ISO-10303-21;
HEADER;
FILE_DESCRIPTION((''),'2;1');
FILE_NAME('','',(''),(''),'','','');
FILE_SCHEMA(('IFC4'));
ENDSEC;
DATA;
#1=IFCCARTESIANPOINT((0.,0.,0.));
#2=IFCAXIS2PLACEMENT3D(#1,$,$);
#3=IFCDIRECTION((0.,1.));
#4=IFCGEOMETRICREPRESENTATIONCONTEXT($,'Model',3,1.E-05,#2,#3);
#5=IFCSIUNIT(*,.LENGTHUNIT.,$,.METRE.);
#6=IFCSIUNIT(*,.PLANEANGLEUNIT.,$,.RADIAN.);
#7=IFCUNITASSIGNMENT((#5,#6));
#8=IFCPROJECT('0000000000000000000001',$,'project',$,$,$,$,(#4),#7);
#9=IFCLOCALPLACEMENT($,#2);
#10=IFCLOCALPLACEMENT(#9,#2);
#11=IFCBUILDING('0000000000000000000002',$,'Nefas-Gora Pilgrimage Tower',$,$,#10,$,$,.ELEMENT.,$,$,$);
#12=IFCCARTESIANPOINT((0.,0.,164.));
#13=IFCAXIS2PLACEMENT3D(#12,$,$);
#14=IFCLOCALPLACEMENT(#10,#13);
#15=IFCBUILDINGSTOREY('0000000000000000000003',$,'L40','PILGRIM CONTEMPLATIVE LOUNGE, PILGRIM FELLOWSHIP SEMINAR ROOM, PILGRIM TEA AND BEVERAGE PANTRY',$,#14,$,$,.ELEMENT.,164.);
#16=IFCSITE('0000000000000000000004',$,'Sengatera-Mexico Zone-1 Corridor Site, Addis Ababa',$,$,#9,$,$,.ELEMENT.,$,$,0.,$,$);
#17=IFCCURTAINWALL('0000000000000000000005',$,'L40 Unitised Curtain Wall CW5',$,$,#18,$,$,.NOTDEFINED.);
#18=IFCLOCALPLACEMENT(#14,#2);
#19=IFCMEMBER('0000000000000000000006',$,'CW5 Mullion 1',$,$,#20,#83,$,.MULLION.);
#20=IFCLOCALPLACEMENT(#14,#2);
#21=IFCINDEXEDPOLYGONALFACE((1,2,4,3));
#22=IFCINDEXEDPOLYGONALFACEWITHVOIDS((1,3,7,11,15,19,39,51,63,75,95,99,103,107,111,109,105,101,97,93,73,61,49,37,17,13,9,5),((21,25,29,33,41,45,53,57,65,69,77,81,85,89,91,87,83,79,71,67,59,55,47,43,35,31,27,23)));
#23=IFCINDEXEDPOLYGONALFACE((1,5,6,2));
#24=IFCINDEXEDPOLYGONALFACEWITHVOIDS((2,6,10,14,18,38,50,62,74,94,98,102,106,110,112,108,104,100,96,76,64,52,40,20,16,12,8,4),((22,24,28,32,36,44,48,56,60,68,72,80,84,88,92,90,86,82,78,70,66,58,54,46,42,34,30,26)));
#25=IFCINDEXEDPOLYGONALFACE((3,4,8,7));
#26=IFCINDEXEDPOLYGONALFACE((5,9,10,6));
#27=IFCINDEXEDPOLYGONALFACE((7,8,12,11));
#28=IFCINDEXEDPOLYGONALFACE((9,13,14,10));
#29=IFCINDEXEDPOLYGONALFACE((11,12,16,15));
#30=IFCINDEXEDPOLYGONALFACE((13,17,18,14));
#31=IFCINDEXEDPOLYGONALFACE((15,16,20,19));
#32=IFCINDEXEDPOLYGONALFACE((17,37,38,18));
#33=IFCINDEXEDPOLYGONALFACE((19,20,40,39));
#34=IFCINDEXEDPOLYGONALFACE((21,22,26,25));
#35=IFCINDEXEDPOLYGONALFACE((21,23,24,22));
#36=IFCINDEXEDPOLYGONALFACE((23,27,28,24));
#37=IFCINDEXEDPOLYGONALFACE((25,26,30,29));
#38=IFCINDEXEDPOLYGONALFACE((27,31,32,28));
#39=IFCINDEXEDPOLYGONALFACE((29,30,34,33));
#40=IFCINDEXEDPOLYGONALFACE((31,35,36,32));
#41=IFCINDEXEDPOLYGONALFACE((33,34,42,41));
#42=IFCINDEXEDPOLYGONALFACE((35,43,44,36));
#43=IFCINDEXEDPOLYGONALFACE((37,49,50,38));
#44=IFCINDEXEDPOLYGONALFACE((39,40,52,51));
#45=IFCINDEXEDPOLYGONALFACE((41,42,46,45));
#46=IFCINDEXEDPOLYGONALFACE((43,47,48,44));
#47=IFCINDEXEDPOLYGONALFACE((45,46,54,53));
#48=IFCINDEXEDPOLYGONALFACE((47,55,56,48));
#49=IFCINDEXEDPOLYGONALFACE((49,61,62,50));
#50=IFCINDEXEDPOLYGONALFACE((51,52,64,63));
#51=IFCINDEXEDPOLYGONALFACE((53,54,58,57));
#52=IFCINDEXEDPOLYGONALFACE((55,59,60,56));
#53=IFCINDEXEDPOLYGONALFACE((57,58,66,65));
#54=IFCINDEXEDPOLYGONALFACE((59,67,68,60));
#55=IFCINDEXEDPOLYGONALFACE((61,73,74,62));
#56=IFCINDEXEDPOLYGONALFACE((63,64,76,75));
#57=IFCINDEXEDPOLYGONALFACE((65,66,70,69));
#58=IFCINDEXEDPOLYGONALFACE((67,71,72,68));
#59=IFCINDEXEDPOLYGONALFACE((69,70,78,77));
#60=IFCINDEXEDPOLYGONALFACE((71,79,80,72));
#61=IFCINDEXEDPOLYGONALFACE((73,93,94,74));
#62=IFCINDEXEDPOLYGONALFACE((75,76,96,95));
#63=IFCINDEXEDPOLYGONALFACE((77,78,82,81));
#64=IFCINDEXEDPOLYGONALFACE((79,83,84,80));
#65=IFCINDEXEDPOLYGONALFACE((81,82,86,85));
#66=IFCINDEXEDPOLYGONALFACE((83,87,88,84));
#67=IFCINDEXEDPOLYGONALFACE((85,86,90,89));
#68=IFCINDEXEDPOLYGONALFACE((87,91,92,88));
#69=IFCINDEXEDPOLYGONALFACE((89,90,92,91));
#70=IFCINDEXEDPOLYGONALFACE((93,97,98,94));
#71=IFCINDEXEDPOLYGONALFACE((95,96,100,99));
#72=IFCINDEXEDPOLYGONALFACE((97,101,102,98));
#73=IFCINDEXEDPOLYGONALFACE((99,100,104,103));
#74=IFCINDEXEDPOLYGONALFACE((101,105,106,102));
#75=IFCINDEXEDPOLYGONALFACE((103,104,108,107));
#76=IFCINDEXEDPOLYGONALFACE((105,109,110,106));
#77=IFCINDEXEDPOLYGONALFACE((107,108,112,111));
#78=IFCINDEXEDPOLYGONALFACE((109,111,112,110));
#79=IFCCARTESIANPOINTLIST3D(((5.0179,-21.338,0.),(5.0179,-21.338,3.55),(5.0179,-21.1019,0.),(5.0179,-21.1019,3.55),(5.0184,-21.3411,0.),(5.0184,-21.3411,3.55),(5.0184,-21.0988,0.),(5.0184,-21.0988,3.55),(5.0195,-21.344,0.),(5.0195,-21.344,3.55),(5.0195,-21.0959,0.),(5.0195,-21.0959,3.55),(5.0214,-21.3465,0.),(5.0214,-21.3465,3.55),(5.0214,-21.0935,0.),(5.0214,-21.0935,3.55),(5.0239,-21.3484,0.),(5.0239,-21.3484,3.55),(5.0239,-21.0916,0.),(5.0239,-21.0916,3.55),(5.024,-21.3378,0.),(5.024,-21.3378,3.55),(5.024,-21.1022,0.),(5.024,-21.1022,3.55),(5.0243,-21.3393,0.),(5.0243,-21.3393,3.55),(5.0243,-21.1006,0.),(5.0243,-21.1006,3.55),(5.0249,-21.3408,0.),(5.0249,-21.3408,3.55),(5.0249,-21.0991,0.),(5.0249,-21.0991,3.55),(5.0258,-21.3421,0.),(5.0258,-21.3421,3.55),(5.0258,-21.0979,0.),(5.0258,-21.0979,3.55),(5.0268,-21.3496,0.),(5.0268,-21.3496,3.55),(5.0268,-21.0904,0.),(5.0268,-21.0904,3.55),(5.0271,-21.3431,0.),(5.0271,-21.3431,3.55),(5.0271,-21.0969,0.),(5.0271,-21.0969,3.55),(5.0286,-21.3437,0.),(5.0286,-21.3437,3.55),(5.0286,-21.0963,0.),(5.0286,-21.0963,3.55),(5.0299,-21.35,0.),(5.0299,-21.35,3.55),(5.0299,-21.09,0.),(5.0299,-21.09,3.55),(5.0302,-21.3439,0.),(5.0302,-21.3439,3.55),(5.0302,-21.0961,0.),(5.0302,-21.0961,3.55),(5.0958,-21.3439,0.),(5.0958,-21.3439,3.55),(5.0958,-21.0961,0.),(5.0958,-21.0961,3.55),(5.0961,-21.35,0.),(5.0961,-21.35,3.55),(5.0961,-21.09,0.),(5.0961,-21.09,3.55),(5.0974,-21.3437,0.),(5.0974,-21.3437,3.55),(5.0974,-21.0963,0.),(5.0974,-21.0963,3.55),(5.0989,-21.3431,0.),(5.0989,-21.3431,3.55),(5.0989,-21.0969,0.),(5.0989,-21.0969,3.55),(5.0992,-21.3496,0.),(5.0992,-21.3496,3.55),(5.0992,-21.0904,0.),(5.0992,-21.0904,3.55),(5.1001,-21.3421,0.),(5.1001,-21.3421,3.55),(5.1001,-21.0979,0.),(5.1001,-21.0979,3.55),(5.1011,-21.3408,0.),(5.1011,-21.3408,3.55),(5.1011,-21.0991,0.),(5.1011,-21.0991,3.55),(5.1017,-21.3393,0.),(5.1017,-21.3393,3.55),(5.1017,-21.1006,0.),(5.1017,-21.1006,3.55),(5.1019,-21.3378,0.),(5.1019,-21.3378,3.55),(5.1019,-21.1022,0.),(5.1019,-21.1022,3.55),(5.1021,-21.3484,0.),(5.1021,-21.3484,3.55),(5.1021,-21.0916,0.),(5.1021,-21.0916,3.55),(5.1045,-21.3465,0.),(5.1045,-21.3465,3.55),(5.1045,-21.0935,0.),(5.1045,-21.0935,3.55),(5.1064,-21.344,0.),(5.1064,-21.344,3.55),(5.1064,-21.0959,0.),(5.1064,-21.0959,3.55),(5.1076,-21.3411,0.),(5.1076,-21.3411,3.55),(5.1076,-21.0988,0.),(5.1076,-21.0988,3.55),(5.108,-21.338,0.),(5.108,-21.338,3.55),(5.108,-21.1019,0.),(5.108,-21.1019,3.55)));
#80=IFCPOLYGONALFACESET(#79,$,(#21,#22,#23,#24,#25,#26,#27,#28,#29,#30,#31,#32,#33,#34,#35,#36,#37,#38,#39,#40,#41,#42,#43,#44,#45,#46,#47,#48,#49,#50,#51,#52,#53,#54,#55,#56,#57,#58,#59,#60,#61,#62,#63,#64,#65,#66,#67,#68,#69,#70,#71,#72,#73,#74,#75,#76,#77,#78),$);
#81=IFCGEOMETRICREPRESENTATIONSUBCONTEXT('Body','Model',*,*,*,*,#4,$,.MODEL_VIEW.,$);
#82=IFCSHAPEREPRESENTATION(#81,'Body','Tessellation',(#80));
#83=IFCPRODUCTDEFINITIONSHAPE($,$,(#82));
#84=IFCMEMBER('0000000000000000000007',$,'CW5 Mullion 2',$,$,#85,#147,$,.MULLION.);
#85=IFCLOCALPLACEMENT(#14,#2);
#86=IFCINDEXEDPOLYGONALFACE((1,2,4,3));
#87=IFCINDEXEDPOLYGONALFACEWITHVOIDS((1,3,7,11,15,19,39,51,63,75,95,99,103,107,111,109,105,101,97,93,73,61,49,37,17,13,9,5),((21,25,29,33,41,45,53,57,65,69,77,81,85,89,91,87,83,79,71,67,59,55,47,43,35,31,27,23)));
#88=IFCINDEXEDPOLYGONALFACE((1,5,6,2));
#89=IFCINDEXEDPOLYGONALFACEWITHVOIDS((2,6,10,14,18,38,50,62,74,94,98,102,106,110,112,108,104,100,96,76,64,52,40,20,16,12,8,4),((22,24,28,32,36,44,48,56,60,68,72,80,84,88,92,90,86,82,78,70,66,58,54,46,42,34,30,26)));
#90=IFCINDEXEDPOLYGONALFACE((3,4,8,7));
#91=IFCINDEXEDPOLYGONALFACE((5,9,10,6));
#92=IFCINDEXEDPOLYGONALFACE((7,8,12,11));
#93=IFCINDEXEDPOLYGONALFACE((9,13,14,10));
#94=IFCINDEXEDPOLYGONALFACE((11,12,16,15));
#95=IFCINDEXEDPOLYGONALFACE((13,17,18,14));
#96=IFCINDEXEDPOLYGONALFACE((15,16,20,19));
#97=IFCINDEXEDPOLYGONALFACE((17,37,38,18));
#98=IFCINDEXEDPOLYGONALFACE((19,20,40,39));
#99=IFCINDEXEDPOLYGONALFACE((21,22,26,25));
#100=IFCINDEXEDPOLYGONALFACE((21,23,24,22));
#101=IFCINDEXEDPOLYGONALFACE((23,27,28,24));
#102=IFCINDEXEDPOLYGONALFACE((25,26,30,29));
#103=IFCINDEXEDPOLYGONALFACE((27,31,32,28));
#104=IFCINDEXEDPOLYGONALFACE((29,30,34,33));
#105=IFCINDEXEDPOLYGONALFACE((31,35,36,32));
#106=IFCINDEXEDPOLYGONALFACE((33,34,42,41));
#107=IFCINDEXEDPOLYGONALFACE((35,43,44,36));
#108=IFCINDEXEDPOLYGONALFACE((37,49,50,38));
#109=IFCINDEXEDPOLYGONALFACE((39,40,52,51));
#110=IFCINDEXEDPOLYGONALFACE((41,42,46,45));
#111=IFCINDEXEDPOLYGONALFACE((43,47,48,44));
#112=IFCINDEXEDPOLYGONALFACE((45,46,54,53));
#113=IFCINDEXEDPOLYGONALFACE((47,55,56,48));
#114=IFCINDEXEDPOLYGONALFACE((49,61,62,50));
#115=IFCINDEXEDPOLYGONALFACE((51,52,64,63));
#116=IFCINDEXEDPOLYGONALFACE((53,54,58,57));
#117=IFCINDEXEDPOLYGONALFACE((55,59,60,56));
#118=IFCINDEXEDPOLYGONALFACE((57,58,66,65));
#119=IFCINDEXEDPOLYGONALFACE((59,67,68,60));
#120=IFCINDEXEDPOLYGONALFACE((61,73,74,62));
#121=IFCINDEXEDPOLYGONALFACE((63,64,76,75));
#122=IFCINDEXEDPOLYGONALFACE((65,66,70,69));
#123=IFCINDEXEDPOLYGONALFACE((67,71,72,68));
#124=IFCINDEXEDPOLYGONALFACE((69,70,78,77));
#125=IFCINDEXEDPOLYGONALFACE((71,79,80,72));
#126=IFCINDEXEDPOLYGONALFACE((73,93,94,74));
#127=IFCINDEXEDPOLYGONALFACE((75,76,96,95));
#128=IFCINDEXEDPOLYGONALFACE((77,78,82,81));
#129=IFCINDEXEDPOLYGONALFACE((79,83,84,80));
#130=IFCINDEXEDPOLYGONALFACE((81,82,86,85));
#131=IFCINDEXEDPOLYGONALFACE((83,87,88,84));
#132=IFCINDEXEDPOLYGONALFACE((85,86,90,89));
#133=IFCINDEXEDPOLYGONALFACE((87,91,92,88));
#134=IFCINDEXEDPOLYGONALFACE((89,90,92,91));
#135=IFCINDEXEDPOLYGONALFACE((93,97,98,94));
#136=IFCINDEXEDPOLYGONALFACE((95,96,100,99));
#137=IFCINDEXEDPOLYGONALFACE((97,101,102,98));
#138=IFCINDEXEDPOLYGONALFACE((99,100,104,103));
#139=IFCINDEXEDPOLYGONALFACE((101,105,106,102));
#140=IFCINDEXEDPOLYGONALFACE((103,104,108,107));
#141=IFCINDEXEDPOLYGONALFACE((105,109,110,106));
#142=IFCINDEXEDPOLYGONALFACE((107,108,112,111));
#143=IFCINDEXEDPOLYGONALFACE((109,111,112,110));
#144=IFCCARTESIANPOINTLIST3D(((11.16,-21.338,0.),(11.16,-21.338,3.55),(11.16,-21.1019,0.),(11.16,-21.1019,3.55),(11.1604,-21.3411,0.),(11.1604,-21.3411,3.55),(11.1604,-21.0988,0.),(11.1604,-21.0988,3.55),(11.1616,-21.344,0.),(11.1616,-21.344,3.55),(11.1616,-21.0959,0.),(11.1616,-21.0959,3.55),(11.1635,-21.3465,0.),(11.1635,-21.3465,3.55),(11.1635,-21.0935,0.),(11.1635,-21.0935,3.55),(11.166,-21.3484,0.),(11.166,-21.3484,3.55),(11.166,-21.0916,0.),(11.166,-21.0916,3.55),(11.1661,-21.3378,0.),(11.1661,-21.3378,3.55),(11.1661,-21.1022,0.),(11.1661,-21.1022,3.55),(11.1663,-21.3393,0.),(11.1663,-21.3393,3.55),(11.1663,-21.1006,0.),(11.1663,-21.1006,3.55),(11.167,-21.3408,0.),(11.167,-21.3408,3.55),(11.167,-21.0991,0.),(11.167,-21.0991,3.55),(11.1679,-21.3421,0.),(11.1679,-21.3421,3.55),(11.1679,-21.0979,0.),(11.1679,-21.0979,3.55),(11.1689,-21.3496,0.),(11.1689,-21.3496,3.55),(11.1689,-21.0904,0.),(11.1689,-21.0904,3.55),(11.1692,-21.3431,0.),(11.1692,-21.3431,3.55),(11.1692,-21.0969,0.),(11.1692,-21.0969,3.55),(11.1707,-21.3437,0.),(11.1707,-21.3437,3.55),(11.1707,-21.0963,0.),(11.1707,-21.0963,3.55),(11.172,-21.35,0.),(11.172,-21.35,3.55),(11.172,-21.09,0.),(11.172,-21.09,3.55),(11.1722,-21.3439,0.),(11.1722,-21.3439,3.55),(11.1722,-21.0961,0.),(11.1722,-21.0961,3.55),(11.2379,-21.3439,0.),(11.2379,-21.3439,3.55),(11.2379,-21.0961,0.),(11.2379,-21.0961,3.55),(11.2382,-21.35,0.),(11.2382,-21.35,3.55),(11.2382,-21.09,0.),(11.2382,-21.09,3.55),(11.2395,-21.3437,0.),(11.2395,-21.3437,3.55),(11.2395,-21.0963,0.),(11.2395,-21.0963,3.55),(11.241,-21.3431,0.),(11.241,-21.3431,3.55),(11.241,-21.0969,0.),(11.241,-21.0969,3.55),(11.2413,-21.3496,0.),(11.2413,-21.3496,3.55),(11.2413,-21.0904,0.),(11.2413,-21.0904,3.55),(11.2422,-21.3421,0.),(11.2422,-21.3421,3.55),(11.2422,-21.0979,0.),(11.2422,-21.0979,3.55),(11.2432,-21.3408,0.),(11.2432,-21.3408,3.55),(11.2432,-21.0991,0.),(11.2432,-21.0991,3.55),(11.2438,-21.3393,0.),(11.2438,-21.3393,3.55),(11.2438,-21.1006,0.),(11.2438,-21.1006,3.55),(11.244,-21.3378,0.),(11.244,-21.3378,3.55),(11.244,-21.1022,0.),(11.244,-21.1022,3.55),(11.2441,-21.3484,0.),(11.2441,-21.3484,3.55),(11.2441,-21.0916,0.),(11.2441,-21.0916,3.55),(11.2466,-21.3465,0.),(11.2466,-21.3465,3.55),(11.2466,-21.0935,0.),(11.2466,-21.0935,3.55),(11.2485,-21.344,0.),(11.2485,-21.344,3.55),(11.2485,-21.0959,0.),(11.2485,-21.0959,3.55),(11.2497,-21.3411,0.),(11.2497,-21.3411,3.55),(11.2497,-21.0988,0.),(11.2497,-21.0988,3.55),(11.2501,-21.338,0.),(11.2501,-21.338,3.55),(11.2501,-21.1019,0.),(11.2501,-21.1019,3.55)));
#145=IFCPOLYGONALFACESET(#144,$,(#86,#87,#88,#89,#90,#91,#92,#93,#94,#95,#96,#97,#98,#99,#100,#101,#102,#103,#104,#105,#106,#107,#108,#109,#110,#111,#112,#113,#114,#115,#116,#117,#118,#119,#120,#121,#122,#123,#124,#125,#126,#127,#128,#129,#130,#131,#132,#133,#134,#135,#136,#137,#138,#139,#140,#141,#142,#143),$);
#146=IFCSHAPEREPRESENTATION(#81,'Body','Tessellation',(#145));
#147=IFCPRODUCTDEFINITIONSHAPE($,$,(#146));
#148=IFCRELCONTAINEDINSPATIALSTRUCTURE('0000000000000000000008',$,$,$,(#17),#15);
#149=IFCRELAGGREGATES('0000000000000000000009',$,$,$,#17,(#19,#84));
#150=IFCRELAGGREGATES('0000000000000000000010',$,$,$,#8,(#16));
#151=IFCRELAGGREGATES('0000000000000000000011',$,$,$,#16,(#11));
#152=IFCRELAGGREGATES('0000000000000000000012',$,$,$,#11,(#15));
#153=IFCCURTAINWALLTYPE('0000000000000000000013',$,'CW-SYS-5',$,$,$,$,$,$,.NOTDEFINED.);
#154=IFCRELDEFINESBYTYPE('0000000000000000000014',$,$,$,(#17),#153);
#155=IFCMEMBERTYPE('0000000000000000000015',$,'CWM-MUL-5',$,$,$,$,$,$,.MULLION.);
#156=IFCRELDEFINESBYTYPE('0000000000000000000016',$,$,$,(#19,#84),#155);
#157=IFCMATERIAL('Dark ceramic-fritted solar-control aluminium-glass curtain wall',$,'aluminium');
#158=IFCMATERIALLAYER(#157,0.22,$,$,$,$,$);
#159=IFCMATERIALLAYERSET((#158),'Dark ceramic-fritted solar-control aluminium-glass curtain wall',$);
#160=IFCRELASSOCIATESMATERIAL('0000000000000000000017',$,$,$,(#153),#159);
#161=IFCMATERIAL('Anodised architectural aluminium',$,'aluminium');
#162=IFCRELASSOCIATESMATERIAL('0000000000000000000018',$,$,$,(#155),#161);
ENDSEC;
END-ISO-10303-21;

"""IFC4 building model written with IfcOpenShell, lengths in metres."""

from ifc_helpers import new_model, si_unit, direction, frame, origin, origin_2d, place, context, subcontext, project, spatial, hollow_rectangle, extrude, source, transform, mapped, material, layer, layer_set, material_profile, profile_set, type_object, element, aggregate, save


model = new_model("IFC4")

# Units and contexts
model_context = context("Model", 3, precision=1e-05, world=origin(), true_north=direction((0.0, 1.0)))
body_context = subcontext(model_context, "Body", "Model", "MODEL_VIEW")
ifc_project = project(units=[si_unit("LENGTHUNIT", "METRE"), si_unit("PLANEANGLEUNIT", "RADIAN")], contexts=[model_context])

# Site, building, storey
site_placement = place(None, origin())
site = spatial("IfcSite", under=ifc_project, at=site_placement, Name="Sengatera-Mexico Zone-1 Corridor Site, Addis Ababa", CompositionType="ELEMENT", RefElevation=0.0)
building_placement = place(site_placement, origin())
building = spatial("IfcBuilding", under=site, at=building_placement, Name="Nefas-Gora Pilgrimage Tower", CompositionType="ELEMENT")
storey_placement = place(building_placement, frame((0.0, 0.0, 164.0)))
storey = spatial("IfcBuildingStorey", under=building, at=storey_placement, Name="L40", Description="PILGRIM CONTEMPLATIVE LOUNGE, PILGRIM FELLOWSHIP SEMINAR ROOM, PILGRIM TEA AND BEVERAGE PANTRY", CompositionType="ELEMENT", Elevation=164.0)

# Curtain wall, members
ifc_material_1 = material(Name="Dark ceramic-fritted solar-control aluminium-glass curtain wall", Category="aluminium")
ifc_layer_1 = layer(ifc_material_1, 0.22)
ifc_layer_set_1 = layer_set([ifc_layer_1], Name="Dark ceramic-fritted solar-control aluminium-glass curtain wall")
curtain_wall_type = type_object("IfcCurtainWallType", Name="CW-SYS-5", PredefinedType="NOTDEFINED", material=ifc_layer_set_1)
curtain_wall_1_placement = place(storey_placement, origin())
curtain_wall_1 = element("IfcCurtainWall", 1, at=curtain_wall_1_placement, inside=storey, type_object=curtain_wall_type, Name="L40 Unitised Curtain Wall CW5", PredefinedType="NOTDEFINED")
ifc_material_2 = material(Name="Anodised architectural aluminium", Category="aluminium")
ifc_material_profile_1 = material_profile(ifc_material_2, hollow_rectangle(XDim=0.0901, YDim=0.26, WallThickness=0.0061, InnerFilletRadius=0.0061, OuterFilletRadius=0.012, at=origin_2d()), Name="ALU MULLION 90x260")
ifc_profile_set_1 = profile_set([ifc_material_profile_1], Name="Anodised architectural aluminium")
member_type_1 = type_object("IfcMemberType", Name="CWM-MUL-5", PredefinedType="MULLION", material=ifc_profile_set_1)
shared_shape_1 = source(origin(), body_context, "Body", "SweptSolid", [
    extrude(hollow_rectangle(XDim=0.0901, YDim=0.26, WallThickness=0.0061, InnerFilletRadius=0.0061, OuterFilletRadius=0.012, at=origin_2d()), origin(), (0.0, 0.0, 1.0), 3.55),
])
member_1_placement = place(storey_placement, frame((5.063, -21.22, 0.0), z_axis=(0.0, 0.0, 1.0), x_axis=(1.0, 0.0, 0.0)))
member_1 = element("IfcMember", 2, at=member_1_placement, type_object=member_type_1, Name="CW5 Mullion 1", PredefinedType="MULLION", context=body_context, shape_type="MappedRepresentation", body=[
    mapped(shared_shape_1, transform((0.0, 0.0, 0.0), x_axis=(1.0, 0.0, 0.0), y_axis=(0.0, 1.0, 0.0), z_axis=(0.0, 0.0, 1.0), scale=1.0)),
])
member_2_placement = place(storey_placement, frame((11.2051, -21.22, 0.0), z_axis=(0.0, 0.0, 1.0), x_axis=(1.0, 0.0, 0.0)))
member_2 = element("IfcMember", 3, at=member_2_placement, type_object=member_type_1, Name="CW5 Mullion 2", PredefinedType="MULLION", context=body_context, shape_type="MappedRepresentation", body=[
    mapped(shared_shape_1, transform((0.0, 0.0, 0.0), x_axis=(1.0, 0.0, 0.0), y_axis=(0.0, 1.0, 0.0), z_axis=(0.0, 0.0, 1.0), scale=1.0)),
])

aggregate(curtain_wall_1, [member_1, member_2])

save(model, "model.ifc")
